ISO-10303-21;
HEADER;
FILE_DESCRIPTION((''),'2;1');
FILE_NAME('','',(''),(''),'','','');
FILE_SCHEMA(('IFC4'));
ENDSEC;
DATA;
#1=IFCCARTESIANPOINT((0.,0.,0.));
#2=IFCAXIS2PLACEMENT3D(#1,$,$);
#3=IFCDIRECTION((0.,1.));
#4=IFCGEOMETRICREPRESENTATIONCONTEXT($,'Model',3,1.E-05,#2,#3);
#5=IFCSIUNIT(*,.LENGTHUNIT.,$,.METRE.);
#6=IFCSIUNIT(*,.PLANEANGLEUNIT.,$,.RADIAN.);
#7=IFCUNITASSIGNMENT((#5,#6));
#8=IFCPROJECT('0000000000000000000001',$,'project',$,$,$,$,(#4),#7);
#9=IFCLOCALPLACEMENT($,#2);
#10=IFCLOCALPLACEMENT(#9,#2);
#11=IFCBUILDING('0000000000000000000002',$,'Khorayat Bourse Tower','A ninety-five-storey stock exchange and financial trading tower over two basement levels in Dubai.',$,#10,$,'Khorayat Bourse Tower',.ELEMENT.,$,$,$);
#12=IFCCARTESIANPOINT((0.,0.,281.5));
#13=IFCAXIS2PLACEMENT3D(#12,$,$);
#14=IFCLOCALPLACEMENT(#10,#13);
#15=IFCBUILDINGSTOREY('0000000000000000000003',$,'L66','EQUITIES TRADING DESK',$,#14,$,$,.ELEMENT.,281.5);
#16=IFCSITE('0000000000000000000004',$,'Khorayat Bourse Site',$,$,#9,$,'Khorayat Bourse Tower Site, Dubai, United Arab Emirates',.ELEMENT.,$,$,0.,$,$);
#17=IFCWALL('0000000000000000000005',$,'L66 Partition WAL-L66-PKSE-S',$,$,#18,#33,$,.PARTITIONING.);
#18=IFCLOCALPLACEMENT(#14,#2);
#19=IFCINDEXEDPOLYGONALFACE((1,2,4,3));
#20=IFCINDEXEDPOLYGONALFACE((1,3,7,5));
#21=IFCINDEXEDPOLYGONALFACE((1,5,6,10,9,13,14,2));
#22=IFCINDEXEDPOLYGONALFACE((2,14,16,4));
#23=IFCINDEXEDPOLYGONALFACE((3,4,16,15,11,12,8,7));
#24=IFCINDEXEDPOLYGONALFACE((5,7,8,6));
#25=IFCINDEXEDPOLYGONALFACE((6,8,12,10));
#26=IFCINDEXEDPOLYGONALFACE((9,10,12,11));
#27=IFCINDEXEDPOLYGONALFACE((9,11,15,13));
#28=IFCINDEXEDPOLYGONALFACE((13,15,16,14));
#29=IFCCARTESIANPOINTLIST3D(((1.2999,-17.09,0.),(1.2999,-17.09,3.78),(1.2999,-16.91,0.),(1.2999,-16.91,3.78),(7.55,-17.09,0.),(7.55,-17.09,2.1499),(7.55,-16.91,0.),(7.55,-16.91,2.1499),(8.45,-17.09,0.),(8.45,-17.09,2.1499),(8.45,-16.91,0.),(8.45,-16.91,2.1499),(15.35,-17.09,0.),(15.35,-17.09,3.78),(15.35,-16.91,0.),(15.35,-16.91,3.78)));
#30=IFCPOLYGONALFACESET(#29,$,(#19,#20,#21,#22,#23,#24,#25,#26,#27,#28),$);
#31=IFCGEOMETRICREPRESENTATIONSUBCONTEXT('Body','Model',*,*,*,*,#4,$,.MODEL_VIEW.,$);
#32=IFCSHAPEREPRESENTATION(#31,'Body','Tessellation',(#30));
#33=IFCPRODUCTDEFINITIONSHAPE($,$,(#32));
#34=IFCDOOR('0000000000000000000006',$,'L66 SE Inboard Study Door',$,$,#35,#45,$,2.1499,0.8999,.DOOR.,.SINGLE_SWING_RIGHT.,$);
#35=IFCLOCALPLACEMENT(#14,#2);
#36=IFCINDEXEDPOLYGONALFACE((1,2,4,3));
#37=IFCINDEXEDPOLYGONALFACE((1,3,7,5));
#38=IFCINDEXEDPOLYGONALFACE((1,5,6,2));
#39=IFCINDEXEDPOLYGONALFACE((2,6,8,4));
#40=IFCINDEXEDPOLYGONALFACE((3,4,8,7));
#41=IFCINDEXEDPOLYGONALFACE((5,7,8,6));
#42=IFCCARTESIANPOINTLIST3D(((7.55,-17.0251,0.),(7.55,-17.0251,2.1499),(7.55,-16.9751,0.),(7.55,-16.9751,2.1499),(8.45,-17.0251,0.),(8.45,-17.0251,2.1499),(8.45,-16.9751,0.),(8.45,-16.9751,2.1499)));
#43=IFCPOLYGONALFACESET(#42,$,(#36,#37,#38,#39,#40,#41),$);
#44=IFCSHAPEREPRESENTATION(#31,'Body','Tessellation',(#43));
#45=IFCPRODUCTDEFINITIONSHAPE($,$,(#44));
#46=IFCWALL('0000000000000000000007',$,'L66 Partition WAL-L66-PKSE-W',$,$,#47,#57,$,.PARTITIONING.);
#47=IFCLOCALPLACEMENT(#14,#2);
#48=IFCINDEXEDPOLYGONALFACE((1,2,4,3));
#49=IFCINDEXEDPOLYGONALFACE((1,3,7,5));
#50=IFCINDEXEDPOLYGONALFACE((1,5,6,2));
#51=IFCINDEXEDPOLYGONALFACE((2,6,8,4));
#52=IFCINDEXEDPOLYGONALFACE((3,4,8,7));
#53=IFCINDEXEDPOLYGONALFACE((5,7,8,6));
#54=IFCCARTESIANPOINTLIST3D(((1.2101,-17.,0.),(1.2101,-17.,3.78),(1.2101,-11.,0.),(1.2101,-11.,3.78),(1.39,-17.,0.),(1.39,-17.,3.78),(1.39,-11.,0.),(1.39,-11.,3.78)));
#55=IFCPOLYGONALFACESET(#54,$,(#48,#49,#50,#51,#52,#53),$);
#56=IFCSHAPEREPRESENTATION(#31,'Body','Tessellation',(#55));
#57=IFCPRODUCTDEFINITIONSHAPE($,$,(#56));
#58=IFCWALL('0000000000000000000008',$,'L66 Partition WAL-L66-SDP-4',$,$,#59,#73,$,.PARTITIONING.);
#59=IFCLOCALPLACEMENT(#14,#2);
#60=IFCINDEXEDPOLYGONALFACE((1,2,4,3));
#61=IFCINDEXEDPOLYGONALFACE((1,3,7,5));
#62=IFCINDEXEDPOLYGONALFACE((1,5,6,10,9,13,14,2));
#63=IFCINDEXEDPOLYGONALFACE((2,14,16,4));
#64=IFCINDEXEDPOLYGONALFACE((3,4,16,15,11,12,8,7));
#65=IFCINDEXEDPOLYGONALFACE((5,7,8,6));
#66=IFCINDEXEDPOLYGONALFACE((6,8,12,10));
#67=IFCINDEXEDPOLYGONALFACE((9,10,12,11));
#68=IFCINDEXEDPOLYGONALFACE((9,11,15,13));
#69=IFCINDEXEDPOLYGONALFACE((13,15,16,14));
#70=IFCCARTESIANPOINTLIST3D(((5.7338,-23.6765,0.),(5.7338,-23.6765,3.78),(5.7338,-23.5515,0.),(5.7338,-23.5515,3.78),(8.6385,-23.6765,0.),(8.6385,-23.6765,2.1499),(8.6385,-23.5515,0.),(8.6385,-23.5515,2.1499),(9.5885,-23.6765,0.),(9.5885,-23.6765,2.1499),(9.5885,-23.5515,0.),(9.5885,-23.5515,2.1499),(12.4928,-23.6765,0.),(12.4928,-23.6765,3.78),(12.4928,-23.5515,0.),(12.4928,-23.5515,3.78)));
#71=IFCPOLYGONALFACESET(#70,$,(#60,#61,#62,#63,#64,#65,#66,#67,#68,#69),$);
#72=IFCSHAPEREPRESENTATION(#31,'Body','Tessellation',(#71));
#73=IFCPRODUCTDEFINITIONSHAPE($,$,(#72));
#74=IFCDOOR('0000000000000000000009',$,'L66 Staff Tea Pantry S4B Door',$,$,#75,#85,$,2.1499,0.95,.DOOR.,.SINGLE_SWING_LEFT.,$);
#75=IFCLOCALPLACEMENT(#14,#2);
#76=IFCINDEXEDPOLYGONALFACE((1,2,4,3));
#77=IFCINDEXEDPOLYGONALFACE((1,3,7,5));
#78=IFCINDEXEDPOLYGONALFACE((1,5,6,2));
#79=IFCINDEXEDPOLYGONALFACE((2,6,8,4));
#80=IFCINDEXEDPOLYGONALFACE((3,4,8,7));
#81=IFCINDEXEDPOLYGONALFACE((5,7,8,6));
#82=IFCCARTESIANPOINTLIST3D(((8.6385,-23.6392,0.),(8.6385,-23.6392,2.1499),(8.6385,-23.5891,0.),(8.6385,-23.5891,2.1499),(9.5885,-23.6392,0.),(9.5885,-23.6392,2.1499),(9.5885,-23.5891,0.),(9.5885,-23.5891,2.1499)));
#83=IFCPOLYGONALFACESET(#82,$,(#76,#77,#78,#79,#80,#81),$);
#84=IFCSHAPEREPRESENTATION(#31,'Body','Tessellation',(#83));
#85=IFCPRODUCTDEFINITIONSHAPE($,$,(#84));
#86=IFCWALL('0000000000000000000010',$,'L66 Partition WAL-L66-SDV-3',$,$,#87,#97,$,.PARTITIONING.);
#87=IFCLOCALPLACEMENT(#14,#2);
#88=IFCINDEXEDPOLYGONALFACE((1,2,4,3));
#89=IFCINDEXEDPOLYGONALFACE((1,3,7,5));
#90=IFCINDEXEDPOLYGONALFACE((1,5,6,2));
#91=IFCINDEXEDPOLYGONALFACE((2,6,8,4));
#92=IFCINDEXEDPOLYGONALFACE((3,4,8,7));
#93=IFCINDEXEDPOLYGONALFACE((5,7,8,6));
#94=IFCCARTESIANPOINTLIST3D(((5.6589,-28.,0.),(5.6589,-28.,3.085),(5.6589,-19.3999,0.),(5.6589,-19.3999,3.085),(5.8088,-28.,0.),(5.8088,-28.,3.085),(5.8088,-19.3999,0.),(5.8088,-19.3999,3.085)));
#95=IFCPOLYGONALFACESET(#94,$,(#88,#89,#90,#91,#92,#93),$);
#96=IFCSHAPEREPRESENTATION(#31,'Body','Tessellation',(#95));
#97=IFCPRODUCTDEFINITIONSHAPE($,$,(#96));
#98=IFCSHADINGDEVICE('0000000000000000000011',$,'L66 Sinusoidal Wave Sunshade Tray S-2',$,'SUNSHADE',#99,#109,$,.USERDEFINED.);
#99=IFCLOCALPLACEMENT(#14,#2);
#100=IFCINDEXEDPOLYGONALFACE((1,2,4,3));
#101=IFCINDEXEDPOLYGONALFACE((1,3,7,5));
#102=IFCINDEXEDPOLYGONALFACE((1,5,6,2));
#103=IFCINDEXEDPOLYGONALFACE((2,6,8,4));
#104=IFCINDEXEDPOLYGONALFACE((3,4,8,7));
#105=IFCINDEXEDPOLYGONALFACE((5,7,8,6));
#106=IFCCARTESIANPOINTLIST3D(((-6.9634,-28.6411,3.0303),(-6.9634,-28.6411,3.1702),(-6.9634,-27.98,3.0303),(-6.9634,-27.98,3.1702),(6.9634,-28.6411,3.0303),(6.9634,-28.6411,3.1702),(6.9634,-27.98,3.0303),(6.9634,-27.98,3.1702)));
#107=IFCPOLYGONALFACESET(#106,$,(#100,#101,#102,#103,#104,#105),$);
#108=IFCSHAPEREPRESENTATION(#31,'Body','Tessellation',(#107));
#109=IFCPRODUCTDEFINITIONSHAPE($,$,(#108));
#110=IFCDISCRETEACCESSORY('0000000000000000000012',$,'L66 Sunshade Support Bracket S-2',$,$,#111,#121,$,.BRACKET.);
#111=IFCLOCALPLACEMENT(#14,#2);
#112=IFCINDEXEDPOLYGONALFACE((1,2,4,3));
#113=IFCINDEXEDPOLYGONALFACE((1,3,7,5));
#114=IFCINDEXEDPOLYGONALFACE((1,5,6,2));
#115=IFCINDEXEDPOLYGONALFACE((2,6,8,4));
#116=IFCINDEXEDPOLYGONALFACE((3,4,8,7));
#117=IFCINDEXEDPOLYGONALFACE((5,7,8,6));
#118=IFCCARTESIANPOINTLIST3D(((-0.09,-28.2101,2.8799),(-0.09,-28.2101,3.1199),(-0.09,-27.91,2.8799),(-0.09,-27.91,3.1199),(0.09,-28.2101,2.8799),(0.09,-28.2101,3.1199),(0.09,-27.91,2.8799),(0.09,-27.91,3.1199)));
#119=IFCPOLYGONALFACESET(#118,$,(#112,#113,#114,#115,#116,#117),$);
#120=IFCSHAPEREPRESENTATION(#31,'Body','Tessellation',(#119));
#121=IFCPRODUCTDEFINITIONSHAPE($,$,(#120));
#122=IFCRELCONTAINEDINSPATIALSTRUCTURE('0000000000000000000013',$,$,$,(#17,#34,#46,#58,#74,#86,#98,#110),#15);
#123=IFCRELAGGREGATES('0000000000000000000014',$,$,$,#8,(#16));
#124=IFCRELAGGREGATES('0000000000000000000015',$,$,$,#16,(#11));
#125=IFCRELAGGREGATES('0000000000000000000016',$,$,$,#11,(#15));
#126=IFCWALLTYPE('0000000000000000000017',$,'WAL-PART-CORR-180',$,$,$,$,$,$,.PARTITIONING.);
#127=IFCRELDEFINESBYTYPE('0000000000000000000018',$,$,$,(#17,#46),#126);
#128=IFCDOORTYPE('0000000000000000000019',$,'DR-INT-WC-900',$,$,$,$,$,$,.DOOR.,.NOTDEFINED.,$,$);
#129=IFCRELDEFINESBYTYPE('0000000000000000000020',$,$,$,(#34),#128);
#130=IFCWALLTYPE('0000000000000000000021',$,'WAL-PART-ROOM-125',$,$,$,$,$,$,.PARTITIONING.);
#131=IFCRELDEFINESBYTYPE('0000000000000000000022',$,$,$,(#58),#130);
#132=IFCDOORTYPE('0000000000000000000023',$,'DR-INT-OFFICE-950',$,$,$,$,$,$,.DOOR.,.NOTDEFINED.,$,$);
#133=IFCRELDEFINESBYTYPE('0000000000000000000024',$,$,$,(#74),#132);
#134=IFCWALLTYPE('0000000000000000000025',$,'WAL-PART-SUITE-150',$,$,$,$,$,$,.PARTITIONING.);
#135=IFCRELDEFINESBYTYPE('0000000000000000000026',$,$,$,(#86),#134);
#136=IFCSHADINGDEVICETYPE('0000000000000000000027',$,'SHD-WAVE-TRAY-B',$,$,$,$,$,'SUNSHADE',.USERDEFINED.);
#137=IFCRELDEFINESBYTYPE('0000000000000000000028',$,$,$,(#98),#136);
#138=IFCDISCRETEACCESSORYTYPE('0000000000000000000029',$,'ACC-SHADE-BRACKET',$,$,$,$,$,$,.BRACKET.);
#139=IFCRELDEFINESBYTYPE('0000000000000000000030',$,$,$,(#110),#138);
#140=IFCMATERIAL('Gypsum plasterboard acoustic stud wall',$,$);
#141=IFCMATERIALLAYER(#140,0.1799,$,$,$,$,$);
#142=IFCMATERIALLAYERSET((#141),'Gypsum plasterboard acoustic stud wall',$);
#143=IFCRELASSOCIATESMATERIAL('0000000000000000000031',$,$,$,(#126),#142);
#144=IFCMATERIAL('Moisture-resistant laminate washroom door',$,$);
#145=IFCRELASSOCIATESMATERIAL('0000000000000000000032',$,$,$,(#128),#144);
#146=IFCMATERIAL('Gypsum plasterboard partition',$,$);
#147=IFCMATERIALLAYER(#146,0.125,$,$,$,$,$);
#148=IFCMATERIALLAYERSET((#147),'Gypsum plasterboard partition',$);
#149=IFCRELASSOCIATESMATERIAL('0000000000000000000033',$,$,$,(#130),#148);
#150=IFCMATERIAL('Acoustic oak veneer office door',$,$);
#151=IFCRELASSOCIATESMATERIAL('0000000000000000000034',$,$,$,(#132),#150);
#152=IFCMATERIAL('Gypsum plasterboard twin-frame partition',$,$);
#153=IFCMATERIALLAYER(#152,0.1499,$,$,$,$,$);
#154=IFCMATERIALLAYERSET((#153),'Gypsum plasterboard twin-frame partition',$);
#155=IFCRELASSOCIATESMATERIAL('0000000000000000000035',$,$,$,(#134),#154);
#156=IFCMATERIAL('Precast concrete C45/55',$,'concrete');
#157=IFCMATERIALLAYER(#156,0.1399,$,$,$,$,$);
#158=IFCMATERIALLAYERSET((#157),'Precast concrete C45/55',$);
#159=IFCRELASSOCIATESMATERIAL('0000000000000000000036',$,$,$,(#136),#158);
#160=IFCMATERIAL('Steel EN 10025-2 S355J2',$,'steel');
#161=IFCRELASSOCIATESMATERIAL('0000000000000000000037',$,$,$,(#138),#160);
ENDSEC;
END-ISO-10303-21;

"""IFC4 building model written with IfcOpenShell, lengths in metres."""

from ifc_helpers import new_model, si_unit, direction, frame, frame_2d, origin, origin_2d, place, context, subcontext, project, spatial, rectangle, extrude, source, transform, mapped, material, layer, layer_set, type_object, element, fill, save


model = new_model("IFC4")

# Units and contexts
model_context = context("Model", 3, precision=1e-05, world=origin(), true_north=direction((0.0, 1.0)))
body_context = subcontext(model_context, "Body", "Model", "MODEL_VIEW")
ifc_project = project(units=[si_unit("LENGTHUNIT", "METRE"), si_unit("PLANEANGLEUNIT", "RADIAN")], contexts=[model_context])

# Site, building, storey
site_placement = place(None, origin())
site = spatial("IfcSite", under=ifc_project, at=site_placement, Name="Khorayat Bourse Site", LongName="Khorayat Bourse Tower Site, Dubai, United Arab Emirates", CompositionType="ELEMENT", RefElevation=0.0)
building_placement = place(site_placement, origin())
building = spatial("IfcBuilding", under=site, at=building_placement, Name="Khorayat Bourse Tower", Description="A ninety-five-storey stock exchange and financial trading tower over two basement levels in Dubai.", LongName="Khorayat Bourse Tower", CompositionType="ELEMENT")
storey_placement = place(building_placement, frame((0.0, 0.0, 281.5)))
storey = spatial("IfcBuildingStorey", under=building, at=storey_placement, Name="L66", Description="EQUITIES TRADING DESK", CompositionType="ELEMENT", Elevation=281.5)

# Shared definitions
ifc_material_1 = material(Name="Steel EN 10025-2 S355J2", Category="steel")

# Wall, opening, door
ifc_material_2 = material(Name="Gypsum plasterboard acoustic stud wall")
ifc_layer_1 = layer(ifc_material_2, 0.1799)
ifc_layer_set_1 = layer_set([ifc_layer_1], Name="Gypsum plasterboard acoustic stud wall")
wall_type_1 = type_object("IfcWallType", Name="WAL-PART-CORR-180", PredefinedType="PARTITIONING", material=ifc_layer_set_1)
shared_shape_1 = source(origin(), body_context, "Body", "SweptSolid", [
    extrude(rectangle(XDim=14.05, YDim=0.1799, at=frame_2d((7.0249, 0.0))), origin(), (0.0, 0.0, 1.0), 3.78),
])
wall_1_placement = place(storey_placement, frame((1.3, -17.0, 0.0), z_axis=(0.0, 0.0, 1.0), x_axis=(1.0, 0.0, 0.0)))
wall_1 = element("IfcWall", 1, at=wall_1_placement, inside=storey, type_object=wall_type_1, Name="L66 Partition WAL-L66-PKSE-S", PredefinedType="PARTITIONING", context=body_context, shape_type="MappedRepresentation", body=[
    mapped(shared_shape_1, transform((0.0, 0.0, 0.0), scale=1.0)),
])
shared_shape_2 = source(origin(), body_context, "Body", "SweptSolid", [
    extrude(rectangle(XDim=0.8999, YDim=2.1499, at=frame_2d((0.45, 1.075))), frame((0.0, 0.0999, 0.0), z_axis=(0.0, -1.0, 0.0), x_axis=(1.0, 0.0, 0.0)), (0.0, 0.0, 1.0), 0.2),
])
opening_1_placement = place(wall_1_placement, frame((6.25, 0.0, 0.0)))
opening_1 = element("IfcOpeningElement", 2, at=opening_1_placement, cuts=wall_1, PredefinedType="OPENING", context=body_context, shape_type="MappedRepresentation", body=[
    mapped(shared_shape_2, transform((0.0, 0.0, 0.0), scale=1.0)),
])
ifc_material_3 = material(Name="Moisture-resistant laminate washroom door")
door_type_1 = type_object("IfcDoorType", Name="DR-INT-WC-900", OperationType="NOTDEFINED", PredefinedType="DOOR", material=ifc_material_3)
shared_shape_3 = source(origin(), body_context, "Body", "SweptSolid", [
    extrude(rectangle(XDim=0.8999, YDim=2.1499, at=frame_2d((0.45, 1.075))), frame((0.0, 0.0249, 0.0), z_axis=(0.0, -1.0, 0.0), x_axis=(1.0, 0.0, 0.0)), (0.0, 0.0, 1.0), 0.05),
])
door_1_placement = place(opening_1_placement, origin())
door_1 = element("IfcDoor", 3, at=door_1_placement, inside=storey, type_object=door_type_1, Name="L66 SE Inboard Study Door", OperationType="SINGLE_SWING_RIGHT", OverallHeight=2.1499, OverallWidth=0.8999, PredefinedType="DOOR", context=body_context, shape_type="MappedRepresentation", body=[
    mapped(shared_shape_3, transform((0.0, 0.0, 0.0), scale=1.0)),
])
fill(opening_1, door_1)

# Wall
shared_shape_4 = source(origin(), body_context, "Body", "SweptSolid", [
    extrude(rectangle(XDim=6.0, YDim=0.1799, at=frame_2d((3.0, 0.0))), origin(), (0.0, 0.0, 1.0), 3.78),
])
wall_2_placement = place(storey_placement, frame((1.3, -17.0, 0.0), z_axis=(0.0, 0.0, 1.0), x_axis=(0.0, 1.0, 0.0)))
element("IfcWall", 4, at=wall_2_placement, inside=storey, type_object=wall_type_1, Name="L66 Partition WAL-L66-PKSE-W", PredefinedType="PARTITIONING", context=body_context, shape_type="MappedRepresentation", body=[
    mapped(shared_shape_4, transform((0.0, 0.0, 0.0), scale=1.0)),
])

# Wall, opening, door
ifc_material_4 = material(Name="Gypsum plasterboard partition")
ifc_layer_2 = layer(ifc_material_4, 0.125)
ifc_layer_set_2 = layer_set([ifc_layer_2], Name="Gypsum plasterboard partition")
wall_type_2 = type_object("IfcWallType", Name="WAL-PART-ROOM-125", PredefinedType="PARTITIONING", material=ifc_layer_set_2)
shared_shape_5 = source(origin(), body_context, "Body", "SweptSolid", [
    extrude(rectangle(XDim=6.759, YDim=0.125, at=frame_2d((3.3794, 0.0))), origin(), (0.0, 0.0, 1.0), 3.78),
])
wall_3_placement = place(storey_placement, frame((5.7339, -23.614, 0.0), z_axis=(0.0, 0.0, 1.0), x_axis=(1.0, 0.0, 0.0)))
wall_3 = element("IfcWall", 5, at=wall_3_placement, inside=storey, type_object=wall_type_2, Name="L66 Partition WAL-L66-SDP-4", PredefinedType="PARTITIONING", context=body_context, shape_type="MappedRepresentation", body=[
    mapped(shared_shape_5, transform((0.0, 0.0, 0.0), scale=1.0)),
])
shared_shape_6 = source(origin(), body_context, "Body", "SweptSolid", [
    extrude(rectangle(XDim=0.95, YDim=2.1499, at=frame_2d((0.4751, 1.075))), frame((0.0, 0.0725, 0.0), z_axis=(0.0, -1.0, 0.0), x_axis=(1.0, 0.0, 0.0)), (0.0, 0.0, 1.0), 0.145),
])
opening_2_placement = place(wall_3_placement, frame((2.9045, 0.0, 0.0)))
opening_2 = element("IfcOpeningElement", 6, at=opening_2_placement, cuts=wall_3, PredefinedType="OPENING", context=body_context, shape_type="MappedRepresentation", body=[
    mapped(shared_shape_6, transform((0.0, 0.0, 0.0), scale=1.0)),
])
ifc_material_5 = material(Name="Acoustic oak veneer office door")
door_type_2 = type_object("IfcDoorType", Name="DR-INT-OFFICE-950", OperationType="NOTDEFINED", PredefinedType="DOOR", material=ifc_material_5)
shared_shape_7 = source(origin(), body_context, "Body", "SweptSolid", [
    extrude(rectangle(XDim=0.95, YDim=2.1499, at=frame_2d((0.4751, 1.075))), frame((0.0, 0.0249, 0.0), z_axis=(0.0, -1.0, 0.0), x_axis=(1.0, 0.0, 0.0)), (0.0, 0.0, 1.0), 0.05),
])
door_2_placement = place(opening_2_placement, origin())
door_2 = element("IfcDoor", 7, at=door_2_placement, inside=storey, type_object=door_type_2, Name="L66 Staff Tea Pantry S4B Door", OperationType="SINGLE_SWING_LEFT", OverallHeight=2.1499, OverallWidth=0.95, PredefinedType="DOOR", context=body_context, shape_type="MappedRepresentation", body=[
    mapped(shared_shape_7, transform((0.0, 0.0, 0.0), scale=1.0)),
])
fill(opening_2, door_2)

# Wall
ifc_material_6 = material(Name="Gypsum plasterboard twin-frame partition")
ifc_layer_3 = layer(ifc_material_6, 0.1499)
ifc_layer_set_3 = layer_set([ifc_layer_3], Name="Gypsum plasterboard twin-frame partition")
wall_type_3 = type_object("IfcWallType", Name="WAL-PART-SUITE-150", PredefinedType="PARTITIONING", material=ifc_layer_set_3)
shared_shape_8 = source(origin(), body_context, "Body", "SweptSolid", [
    extrude(rectangle(XDim=8.6001, YDim=0.1499, at=frame_2d((4.3, 0.0))), origin(), (0.0, 0.0, 1.0), 3.085),
])
wall_4_placement = place(storey_placement, frame((5.7339, -28.0, 0.0), z_axis=(0.0, 0.0, 1.0), x_axis=(0.0, 1.0, 0.0)))
element("IfcWall", 8, at=wall_4_placement, inside=storey, type_object=wall_type_3, Name="L66 Partition WAL-L66-SDV-3", PredefinedType="PARTITIONING", context=body_context, shape_type="MappedRepresentation", body=[
    mapped(shared_shape_8, transform((0.0, 0.0, 0.0), scale=1.0)),
])

# Shading device
ifc_material_7 = material(Name="Precast concrete C45/55", Category="concrete")
ifc_layer_4 = layer(ifc_material_7, 0.1399)
ifc_layer_set_4 = layer_set([ifc_layer_4], Name="Precast concrete C45/55")
shading_device_type = type_object("IfcShadingDeviceType", Name="SHD-WAVE-TRAY-B", ElementType="SUNSHADE", PredefinedType="USERDEFINED", material=ifc_layer_set_4)
shared_shape_9 = source(origin(), body_context, "Body", "SweptSolid", [
    extrude(rectangle(XDim=13.9268, YDim=0.6611, at=origin_2d()), origin(), (0.0, 0.0, 1.0), 0.1399),
])
shading_device_placement = place(storey_placement, frame((0.0, -28.3105, 3.0303), z_axis=(0.0, 0.0, 1.0), x_axis=(1.0, 0.0, 0.0)))
element("IfcShadingDevice", 9, at=shading_device_placement, inside=storey, type_object=shading_device_type, Name="L66 Sinusoidal Wave Sunshade Tray S-2", ObjectType="SUNSHADE", PredefinedType="USERDEFINED", context=body_context, shape_type="MappedRepresentation", body=[
    mapped(shared_shape_9, transform((0.0, 0.0, 0.0), scale=1.0)),
])

# Discrete accessory
discrete_accessory_type = type_object("IfcDiscreteAccessoryType", Name="ACC-SHADE-BRACKET", PredefinedType="BRACKET", material=ifc_material_1)
shared_shape_10 = source(origin(), body_context, "Body", "SweptSolid", [
    extrude(rectangle(XDim=0.1799, YDim=0.3, at=origin_2d()), origin(), (0.0, 0.0, 1.0), 0.24),
])
discrete_accessory_placement = place(storey_placement, frame((0.0, -28.0601, 2.8799), z_axis=(0.0, 0.0, 1.0), x_axis=(1.0, 0.0, 0.0)))
element("IfcDiscreteAccessory", 10, at=discrete_accessory_placement, inside=storey, type_object=discrete_accessory_type, Name="L66 Sunshade Support Bracket S-2", PredefinedType="BRACKET", context=body_context, shape_type="MappedRepresentation", body=[
    mapped(shared_shape_10, transform((0.0, 0.0, 0.0), scale=1.0)),
])

save(model, "model.ifc")
